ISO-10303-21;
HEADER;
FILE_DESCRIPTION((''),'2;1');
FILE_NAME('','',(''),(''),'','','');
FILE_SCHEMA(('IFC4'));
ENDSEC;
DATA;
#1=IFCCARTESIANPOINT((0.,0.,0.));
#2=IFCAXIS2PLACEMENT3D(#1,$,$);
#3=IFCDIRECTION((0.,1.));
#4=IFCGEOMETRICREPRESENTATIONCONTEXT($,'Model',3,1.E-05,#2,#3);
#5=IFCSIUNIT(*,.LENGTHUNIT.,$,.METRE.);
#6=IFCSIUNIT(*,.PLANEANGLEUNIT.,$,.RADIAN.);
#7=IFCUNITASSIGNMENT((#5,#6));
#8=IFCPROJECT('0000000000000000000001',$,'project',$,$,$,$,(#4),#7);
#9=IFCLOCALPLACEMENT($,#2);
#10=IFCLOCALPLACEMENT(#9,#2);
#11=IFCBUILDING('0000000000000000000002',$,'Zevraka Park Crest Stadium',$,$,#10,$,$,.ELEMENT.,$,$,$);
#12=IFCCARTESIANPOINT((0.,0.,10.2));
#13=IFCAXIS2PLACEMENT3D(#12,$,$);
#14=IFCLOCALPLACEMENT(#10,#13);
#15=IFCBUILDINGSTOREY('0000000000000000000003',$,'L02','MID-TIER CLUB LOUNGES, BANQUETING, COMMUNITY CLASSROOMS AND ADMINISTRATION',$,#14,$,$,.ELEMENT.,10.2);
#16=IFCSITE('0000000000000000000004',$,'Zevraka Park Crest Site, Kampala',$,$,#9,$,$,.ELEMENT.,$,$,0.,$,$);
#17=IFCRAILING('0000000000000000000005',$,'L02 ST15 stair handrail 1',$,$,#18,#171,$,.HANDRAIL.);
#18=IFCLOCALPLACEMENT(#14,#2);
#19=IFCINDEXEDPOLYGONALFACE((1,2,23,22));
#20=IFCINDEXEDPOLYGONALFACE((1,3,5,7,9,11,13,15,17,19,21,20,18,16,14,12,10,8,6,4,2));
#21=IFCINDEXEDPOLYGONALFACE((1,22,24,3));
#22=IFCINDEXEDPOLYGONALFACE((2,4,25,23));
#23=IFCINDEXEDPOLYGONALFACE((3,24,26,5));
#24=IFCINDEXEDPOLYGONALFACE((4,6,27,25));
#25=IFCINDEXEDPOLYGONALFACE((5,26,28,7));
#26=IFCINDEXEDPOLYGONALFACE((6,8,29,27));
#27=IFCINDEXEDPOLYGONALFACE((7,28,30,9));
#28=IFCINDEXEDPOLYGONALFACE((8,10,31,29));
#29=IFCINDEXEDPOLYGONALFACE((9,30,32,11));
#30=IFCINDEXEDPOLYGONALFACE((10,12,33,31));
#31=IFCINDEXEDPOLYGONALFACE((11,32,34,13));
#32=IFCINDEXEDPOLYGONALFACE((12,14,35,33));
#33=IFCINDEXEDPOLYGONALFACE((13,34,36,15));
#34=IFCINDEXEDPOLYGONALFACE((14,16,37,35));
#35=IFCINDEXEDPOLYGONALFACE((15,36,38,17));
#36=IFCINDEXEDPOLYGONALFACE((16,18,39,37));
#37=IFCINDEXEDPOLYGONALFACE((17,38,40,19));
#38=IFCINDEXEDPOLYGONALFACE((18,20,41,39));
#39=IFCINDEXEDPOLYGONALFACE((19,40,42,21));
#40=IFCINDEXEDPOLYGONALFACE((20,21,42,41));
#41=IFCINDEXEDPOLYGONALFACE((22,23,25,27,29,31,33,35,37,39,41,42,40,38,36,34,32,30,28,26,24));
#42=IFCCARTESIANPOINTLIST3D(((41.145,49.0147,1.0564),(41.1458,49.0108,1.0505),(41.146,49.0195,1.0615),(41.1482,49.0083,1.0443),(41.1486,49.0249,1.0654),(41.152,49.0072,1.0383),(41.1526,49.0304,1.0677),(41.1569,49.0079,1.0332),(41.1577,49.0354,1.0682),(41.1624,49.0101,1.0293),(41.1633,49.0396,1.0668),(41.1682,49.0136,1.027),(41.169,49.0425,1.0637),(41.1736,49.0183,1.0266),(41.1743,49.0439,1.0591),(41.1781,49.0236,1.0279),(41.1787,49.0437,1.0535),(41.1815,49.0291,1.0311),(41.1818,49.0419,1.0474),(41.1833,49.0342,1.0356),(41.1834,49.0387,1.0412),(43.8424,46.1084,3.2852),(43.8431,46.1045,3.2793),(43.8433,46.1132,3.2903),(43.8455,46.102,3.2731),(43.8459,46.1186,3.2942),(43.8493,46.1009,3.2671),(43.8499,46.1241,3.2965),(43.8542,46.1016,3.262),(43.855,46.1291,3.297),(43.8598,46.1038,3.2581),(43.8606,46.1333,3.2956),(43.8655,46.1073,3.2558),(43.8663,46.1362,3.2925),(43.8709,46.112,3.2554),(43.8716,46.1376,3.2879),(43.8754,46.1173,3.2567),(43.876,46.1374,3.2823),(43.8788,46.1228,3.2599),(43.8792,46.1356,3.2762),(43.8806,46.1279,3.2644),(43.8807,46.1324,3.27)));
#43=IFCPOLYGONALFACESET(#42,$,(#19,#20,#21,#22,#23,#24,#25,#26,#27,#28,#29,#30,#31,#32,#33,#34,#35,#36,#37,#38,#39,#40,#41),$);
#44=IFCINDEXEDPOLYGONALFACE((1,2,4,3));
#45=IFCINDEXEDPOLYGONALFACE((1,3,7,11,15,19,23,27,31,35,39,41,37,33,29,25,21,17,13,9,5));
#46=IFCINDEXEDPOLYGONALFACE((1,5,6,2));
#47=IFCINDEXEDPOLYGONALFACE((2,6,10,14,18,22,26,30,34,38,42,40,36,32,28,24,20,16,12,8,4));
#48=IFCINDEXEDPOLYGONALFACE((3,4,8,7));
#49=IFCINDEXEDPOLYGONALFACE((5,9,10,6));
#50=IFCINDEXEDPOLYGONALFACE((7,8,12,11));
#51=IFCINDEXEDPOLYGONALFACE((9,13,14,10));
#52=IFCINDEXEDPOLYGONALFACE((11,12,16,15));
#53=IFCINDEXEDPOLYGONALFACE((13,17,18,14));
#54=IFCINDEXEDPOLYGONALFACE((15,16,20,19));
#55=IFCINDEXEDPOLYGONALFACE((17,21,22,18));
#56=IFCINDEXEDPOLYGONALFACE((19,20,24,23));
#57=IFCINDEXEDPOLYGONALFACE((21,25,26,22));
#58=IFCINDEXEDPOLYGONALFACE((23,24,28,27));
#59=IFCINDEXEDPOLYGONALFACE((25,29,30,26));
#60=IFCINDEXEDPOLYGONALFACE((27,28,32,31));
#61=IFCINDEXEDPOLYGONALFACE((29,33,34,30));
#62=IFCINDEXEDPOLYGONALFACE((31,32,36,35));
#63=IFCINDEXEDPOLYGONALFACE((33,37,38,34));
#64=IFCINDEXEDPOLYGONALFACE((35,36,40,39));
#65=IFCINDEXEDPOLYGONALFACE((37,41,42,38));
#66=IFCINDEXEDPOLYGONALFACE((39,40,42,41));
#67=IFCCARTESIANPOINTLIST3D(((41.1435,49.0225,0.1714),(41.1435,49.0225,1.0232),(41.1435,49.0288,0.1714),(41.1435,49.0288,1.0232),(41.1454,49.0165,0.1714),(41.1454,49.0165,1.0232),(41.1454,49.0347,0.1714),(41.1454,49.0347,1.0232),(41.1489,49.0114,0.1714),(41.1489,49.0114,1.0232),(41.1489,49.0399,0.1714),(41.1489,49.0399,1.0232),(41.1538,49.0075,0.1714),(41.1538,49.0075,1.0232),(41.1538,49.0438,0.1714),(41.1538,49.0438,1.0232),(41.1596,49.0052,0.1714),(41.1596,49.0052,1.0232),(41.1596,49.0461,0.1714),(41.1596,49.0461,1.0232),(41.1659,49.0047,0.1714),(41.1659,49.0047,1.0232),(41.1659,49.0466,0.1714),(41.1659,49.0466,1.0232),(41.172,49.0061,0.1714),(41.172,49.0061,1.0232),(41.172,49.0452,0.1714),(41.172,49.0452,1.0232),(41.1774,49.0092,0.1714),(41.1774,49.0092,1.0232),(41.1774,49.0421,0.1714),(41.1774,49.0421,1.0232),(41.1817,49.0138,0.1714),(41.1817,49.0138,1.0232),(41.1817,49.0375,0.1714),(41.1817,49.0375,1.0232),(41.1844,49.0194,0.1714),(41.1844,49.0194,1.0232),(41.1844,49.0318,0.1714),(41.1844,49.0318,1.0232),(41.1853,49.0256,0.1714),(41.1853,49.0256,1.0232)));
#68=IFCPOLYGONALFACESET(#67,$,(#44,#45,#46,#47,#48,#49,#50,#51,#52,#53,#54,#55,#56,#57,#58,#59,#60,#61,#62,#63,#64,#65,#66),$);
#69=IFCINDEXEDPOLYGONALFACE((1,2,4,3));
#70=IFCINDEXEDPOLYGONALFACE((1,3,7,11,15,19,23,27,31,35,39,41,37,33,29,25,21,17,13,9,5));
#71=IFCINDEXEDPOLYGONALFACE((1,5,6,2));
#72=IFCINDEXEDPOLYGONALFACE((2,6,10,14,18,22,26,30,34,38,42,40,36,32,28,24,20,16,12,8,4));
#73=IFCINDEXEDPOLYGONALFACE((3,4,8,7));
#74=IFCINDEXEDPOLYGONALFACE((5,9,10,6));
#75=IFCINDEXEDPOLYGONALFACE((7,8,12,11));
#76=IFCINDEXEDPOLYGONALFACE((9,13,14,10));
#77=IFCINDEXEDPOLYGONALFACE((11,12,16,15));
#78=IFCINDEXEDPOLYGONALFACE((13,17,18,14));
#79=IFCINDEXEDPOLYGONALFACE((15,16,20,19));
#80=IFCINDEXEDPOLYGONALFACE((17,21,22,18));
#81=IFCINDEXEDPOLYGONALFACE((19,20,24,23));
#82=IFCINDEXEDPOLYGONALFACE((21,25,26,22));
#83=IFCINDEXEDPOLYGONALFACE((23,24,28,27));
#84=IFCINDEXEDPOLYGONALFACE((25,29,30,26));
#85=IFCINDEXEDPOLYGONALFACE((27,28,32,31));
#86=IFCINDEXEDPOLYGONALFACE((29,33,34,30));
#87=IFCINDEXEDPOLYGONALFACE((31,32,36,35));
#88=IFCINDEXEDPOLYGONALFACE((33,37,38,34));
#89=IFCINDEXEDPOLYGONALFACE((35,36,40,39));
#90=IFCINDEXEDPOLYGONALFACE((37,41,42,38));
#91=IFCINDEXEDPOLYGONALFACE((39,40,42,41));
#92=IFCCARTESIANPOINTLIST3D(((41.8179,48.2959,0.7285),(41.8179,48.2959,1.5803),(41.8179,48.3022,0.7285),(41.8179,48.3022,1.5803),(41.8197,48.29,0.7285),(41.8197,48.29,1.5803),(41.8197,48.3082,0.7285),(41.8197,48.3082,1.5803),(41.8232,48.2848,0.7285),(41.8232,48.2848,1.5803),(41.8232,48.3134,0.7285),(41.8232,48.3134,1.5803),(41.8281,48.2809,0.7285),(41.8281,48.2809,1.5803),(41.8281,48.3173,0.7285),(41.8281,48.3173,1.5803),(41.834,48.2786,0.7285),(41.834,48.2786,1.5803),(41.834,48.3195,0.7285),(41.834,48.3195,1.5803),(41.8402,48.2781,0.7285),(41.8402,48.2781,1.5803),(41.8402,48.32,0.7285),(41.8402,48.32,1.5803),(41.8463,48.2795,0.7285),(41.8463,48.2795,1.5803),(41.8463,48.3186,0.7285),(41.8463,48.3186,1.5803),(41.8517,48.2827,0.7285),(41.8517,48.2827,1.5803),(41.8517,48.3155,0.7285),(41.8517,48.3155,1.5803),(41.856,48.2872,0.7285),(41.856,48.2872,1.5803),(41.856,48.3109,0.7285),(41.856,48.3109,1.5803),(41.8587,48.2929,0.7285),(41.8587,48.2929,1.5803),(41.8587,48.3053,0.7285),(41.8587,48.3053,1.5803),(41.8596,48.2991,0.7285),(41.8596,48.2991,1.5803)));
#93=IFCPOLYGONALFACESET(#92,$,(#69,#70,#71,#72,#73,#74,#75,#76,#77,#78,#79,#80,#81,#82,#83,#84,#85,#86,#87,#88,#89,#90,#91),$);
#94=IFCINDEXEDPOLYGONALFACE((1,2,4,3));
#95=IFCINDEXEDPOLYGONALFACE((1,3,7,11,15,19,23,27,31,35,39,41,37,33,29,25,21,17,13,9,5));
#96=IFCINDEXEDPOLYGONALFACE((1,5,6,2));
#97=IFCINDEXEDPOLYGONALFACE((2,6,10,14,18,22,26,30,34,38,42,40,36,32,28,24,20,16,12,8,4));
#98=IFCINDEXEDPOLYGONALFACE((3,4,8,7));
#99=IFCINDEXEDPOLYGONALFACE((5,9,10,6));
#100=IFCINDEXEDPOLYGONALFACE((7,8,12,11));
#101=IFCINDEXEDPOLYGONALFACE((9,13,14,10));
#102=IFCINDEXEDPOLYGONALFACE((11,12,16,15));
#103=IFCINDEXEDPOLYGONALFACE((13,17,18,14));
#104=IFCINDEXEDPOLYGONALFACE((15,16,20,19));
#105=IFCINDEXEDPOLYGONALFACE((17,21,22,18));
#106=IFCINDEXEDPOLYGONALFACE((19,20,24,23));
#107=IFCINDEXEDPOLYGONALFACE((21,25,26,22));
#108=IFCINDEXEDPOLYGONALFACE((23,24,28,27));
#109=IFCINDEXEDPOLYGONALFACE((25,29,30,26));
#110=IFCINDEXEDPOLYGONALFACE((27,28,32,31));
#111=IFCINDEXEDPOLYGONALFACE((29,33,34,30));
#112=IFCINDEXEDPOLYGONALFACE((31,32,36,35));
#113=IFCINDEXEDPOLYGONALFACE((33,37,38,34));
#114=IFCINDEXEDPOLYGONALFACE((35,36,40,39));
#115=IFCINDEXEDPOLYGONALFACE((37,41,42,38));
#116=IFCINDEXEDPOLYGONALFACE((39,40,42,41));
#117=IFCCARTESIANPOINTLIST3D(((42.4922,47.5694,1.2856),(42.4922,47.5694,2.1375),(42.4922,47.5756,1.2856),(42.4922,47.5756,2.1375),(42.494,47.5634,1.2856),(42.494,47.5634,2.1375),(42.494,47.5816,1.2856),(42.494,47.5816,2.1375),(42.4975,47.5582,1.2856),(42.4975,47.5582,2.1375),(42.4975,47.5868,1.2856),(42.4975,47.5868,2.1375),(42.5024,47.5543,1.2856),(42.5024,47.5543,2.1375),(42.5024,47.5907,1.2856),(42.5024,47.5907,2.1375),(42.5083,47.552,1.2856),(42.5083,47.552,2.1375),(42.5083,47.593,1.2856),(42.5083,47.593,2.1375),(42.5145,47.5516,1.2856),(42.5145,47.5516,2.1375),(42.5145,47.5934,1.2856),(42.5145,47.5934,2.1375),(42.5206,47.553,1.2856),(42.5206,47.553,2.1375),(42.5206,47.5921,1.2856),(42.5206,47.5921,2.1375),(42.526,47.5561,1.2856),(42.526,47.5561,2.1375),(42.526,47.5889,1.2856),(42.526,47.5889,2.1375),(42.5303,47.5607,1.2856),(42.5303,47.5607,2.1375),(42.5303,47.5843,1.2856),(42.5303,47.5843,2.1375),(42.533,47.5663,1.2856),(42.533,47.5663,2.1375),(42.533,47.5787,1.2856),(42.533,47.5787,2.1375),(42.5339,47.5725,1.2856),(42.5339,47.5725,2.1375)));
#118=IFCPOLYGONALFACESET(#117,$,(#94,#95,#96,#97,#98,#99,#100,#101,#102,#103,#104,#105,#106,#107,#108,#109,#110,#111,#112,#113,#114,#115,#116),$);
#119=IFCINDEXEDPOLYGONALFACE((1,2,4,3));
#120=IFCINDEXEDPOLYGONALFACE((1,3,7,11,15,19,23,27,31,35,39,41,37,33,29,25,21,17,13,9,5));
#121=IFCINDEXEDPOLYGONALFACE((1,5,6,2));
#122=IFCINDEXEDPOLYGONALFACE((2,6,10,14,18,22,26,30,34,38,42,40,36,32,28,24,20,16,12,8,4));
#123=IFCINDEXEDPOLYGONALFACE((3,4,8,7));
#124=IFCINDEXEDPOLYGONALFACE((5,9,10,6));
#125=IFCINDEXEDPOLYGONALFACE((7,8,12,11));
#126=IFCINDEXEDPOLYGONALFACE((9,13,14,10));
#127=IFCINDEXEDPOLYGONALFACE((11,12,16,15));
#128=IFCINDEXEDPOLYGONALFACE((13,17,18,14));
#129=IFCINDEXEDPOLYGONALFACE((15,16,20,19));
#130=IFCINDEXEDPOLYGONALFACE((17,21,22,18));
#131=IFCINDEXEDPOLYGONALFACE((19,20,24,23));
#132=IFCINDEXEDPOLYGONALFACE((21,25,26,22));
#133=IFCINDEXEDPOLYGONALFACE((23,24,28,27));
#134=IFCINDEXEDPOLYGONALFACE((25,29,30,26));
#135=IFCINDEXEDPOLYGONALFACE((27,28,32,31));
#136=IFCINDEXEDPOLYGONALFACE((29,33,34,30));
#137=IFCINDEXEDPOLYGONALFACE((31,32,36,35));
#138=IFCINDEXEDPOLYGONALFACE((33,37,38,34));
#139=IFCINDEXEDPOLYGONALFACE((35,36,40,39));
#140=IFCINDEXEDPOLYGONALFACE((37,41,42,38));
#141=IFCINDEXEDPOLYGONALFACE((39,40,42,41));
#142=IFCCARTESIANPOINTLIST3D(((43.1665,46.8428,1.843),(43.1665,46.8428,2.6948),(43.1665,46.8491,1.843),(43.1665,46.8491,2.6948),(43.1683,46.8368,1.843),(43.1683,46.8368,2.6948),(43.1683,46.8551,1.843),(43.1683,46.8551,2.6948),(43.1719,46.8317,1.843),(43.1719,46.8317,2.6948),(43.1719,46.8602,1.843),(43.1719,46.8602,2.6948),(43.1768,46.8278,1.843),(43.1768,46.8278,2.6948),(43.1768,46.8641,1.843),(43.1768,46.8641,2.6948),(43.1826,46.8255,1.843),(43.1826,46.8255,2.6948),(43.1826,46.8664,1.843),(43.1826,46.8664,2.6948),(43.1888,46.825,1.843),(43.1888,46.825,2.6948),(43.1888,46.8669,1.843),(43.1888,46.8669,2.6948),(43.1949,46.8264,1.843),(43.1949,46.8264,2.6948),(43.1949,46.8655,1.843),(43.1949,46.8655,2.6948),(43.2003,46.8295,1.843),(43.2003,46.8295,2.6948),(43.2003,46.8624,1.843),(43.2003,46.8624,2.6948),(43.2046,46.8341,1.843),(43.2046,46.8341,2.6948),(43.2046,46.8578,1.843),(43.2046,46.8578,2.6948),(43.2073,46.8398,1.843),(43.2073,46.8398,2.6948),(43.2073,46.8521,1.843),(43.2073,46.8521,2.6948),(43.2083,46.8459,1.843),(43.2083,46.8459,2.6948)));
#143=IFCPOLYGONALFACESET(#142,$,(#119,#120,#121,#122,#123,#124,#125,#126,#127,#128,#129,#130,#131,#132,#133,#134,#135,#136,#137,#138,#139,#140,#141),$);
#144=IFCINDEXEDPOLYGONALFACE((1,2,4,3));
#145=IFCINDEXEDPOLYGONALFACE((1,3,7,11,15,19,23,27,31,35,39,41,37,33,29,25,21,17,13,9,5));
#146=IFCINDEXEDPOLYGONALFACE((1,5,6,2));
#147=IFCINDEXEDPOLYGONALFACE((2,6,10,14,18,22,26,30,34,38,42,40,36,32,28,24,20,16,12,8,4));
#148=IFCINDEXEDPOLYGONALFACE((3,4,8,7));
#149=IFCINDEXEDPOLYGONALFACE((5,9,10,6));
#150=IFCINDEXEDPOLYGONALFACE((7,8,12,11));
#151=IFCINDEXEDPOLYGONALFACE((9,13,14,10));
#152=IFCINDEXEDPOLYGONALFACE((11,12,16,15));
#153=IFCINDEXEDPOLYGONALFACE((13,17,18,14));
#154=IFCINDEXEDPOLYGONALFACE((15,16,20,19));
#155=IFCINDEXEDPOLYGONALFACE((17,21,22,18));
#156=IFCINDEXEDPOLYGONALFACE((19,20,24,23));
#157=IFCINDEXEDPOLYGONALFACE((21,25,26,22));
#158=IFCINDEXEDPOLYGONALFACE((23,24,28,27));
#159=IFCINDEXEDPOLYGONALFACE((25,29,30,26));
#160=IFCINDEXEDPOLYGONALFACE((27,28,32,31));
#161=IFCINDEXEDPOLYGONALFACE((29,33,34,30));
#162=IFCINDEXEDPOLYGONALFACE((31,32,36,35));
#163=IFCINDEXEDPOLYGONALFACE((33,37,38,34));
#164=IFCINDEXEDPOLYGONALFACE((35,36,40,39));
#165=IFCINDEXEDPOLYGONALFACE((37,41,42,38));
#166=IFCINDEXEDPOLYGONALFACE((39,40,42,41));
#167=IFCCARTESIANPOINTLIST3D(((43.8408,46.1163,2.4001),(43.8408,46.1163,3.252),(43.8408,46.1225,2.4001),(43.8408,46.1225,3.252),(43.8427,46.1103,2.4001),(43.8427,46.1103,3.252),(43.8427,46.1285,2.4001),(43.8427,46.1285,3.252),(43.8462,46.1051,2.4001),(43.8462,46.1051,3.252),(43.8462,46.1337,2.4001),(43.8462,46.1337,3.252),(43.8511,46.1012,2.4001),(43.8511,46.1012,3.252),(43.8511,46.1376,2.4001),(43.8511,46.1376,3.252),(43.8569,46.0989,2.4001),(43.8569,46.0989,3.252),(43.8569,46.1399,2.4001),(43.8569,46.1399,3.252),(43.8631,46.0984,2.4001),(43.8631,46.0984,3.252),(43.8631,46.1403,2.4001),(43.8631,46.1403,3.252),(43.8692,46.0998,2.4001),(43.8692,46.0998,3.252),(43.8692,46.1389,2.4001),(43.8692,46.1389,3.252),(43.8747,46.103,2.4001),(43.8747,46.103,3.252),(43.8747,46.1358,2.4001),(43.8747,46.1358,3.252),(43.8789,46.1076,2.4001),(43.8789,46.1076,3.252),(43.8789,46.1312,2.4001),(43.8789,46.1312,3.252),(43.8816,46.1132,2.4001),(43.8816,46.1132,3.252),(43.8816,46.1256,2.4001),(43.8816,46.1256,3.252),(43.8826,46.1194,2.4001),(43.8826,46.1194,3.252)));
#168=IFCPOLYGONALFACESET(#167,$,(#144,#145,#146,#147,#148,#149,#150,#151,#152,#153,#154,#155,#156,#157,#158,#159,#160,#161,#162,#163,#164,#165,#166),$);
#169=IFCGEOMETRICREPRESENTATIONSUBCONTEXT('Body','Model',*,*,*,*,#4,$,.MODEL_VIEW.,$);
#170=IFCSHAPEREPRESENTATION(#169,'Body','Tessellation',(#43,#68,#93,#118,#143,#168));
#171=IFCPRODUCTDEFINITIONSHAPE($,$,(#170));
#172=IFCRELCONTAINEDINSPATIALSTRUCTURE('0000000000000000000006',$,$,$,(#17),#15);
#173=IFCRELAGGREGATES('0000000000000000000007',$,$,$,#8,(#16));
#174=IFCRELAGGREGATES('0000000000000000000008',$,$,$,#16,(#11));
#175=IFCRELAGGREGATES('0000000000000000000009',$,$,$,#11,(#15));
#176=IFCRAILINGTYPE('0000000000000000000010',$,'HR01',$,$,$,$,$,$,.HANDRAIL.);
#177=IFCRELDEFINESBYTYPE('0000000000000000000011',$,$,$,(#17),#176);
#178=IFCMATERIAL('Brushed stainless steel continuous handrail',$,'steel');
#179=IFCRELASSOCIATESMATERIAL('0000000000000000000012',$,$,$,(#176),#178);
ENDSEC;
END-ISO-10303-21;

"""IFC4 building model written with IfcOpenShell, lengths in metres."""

from ifc_helpers import new_model, si_unit, direction, frame, origin, origin_2d, place, context, subcontext, project, spatial, circle, extrude, material, type_object, element, save


model = new_model("IFC4")

# Units and contexts
model_context = context("Model", 3, precision=1e-05, world=origin(), true_north=direction((0.0, 1.0)))
body_context = subcontext(model_context, "Body", "Model", "MODEL_VIEW")
ifc_project = project(units=[si_unit("LENGTHUNIT", "METRE"), si_unit("PLANEANGLEUNIT", "RADIAN")], contexts=[model_context])

# Site, building, storey
site_placement = place(None, origin())
site = spatial("IfcSite", under=ifc_project, at=site_placement, Name="Zevraka Park Crest Site, Kampala", CompositionType="ELEMENT", RefElevation=0.0)
building_placement = place(site_placement, origin())
building = spatial("IfcBuilding", under=site, at=building_placement, Name="Zevraka Park Crest Stadium", CompositionType="ELEMENT")
storey_placement = place(building_placement, frame((0.0, 0.0, 10.2)))
storey = spatial("IfcBuildingStorey", under=building, at=storey_placement, Name="L02", Description="MID-TIER CLUB LOUNGES, BANQUETING, COMMUNITY CLASSROOMS AND ADMINISTRATION", CompositionType="ELEMENT", Elevation=10.2)

# Railing
ifc_material_1 = material(Name="Brushed stainless steel continuous handrail", Category="steel")
railing_type_1 = type_object("IfcRailingType", Name="HR01", PredefinedType="HANDRAIL", material=ifc_material_1)
railing_1_placement = place(storey_placement, frame((41.1643, 49.0256, 0.1714)))
element("IfcRailing", 1, at=railing_1_placement, inside=storey, type_object=railing_type_1, Name="L02 ST15 stair handrail 1", PredefinedType="HANDRAIL", context=body_context, shape_type="SweptSolid", body=[
    extrude(circle(Radius=0.0239, at=origin_2d()), frame((0.0, 0.0, 0.876), z_axis=(0.593, -0.638946, 0.489998), x_axis=(0.732969, 0.680262, 0.0)), (0.0, 0.0, 1.0), 4.5486),
    extrude(circle(Radius=0.021, at=origin_2d()), origin(), (0.0, 0.0, 1.0), 0.8518),
    extrude(circle(Radius=0.021, at=origin_2d()), frame((0.6743, -0.7266, 0.5571)), (0.0, 0.0, 1.0), 0.8518),
    extrude(circle(Radius=0.021, at=origin_2d()), frame((1.3486, -1.4531, 1.1143)), (0.0, 0.0, 1.0), 0.8518),
    extrude(circle(Radius=0.021, at=origin_2d()), frame((2.0229, -2.1797, 1.6716)), (0.0, 0.0, 1.0), 0.8518),
    extrude(circle(Radius=0.021, at=origin_2d()), frame((2.6973, -2.9062, 2.2288)), (0.0, 0.0, 1.0), 0.8518),
])

save(model, "model.ifc")
